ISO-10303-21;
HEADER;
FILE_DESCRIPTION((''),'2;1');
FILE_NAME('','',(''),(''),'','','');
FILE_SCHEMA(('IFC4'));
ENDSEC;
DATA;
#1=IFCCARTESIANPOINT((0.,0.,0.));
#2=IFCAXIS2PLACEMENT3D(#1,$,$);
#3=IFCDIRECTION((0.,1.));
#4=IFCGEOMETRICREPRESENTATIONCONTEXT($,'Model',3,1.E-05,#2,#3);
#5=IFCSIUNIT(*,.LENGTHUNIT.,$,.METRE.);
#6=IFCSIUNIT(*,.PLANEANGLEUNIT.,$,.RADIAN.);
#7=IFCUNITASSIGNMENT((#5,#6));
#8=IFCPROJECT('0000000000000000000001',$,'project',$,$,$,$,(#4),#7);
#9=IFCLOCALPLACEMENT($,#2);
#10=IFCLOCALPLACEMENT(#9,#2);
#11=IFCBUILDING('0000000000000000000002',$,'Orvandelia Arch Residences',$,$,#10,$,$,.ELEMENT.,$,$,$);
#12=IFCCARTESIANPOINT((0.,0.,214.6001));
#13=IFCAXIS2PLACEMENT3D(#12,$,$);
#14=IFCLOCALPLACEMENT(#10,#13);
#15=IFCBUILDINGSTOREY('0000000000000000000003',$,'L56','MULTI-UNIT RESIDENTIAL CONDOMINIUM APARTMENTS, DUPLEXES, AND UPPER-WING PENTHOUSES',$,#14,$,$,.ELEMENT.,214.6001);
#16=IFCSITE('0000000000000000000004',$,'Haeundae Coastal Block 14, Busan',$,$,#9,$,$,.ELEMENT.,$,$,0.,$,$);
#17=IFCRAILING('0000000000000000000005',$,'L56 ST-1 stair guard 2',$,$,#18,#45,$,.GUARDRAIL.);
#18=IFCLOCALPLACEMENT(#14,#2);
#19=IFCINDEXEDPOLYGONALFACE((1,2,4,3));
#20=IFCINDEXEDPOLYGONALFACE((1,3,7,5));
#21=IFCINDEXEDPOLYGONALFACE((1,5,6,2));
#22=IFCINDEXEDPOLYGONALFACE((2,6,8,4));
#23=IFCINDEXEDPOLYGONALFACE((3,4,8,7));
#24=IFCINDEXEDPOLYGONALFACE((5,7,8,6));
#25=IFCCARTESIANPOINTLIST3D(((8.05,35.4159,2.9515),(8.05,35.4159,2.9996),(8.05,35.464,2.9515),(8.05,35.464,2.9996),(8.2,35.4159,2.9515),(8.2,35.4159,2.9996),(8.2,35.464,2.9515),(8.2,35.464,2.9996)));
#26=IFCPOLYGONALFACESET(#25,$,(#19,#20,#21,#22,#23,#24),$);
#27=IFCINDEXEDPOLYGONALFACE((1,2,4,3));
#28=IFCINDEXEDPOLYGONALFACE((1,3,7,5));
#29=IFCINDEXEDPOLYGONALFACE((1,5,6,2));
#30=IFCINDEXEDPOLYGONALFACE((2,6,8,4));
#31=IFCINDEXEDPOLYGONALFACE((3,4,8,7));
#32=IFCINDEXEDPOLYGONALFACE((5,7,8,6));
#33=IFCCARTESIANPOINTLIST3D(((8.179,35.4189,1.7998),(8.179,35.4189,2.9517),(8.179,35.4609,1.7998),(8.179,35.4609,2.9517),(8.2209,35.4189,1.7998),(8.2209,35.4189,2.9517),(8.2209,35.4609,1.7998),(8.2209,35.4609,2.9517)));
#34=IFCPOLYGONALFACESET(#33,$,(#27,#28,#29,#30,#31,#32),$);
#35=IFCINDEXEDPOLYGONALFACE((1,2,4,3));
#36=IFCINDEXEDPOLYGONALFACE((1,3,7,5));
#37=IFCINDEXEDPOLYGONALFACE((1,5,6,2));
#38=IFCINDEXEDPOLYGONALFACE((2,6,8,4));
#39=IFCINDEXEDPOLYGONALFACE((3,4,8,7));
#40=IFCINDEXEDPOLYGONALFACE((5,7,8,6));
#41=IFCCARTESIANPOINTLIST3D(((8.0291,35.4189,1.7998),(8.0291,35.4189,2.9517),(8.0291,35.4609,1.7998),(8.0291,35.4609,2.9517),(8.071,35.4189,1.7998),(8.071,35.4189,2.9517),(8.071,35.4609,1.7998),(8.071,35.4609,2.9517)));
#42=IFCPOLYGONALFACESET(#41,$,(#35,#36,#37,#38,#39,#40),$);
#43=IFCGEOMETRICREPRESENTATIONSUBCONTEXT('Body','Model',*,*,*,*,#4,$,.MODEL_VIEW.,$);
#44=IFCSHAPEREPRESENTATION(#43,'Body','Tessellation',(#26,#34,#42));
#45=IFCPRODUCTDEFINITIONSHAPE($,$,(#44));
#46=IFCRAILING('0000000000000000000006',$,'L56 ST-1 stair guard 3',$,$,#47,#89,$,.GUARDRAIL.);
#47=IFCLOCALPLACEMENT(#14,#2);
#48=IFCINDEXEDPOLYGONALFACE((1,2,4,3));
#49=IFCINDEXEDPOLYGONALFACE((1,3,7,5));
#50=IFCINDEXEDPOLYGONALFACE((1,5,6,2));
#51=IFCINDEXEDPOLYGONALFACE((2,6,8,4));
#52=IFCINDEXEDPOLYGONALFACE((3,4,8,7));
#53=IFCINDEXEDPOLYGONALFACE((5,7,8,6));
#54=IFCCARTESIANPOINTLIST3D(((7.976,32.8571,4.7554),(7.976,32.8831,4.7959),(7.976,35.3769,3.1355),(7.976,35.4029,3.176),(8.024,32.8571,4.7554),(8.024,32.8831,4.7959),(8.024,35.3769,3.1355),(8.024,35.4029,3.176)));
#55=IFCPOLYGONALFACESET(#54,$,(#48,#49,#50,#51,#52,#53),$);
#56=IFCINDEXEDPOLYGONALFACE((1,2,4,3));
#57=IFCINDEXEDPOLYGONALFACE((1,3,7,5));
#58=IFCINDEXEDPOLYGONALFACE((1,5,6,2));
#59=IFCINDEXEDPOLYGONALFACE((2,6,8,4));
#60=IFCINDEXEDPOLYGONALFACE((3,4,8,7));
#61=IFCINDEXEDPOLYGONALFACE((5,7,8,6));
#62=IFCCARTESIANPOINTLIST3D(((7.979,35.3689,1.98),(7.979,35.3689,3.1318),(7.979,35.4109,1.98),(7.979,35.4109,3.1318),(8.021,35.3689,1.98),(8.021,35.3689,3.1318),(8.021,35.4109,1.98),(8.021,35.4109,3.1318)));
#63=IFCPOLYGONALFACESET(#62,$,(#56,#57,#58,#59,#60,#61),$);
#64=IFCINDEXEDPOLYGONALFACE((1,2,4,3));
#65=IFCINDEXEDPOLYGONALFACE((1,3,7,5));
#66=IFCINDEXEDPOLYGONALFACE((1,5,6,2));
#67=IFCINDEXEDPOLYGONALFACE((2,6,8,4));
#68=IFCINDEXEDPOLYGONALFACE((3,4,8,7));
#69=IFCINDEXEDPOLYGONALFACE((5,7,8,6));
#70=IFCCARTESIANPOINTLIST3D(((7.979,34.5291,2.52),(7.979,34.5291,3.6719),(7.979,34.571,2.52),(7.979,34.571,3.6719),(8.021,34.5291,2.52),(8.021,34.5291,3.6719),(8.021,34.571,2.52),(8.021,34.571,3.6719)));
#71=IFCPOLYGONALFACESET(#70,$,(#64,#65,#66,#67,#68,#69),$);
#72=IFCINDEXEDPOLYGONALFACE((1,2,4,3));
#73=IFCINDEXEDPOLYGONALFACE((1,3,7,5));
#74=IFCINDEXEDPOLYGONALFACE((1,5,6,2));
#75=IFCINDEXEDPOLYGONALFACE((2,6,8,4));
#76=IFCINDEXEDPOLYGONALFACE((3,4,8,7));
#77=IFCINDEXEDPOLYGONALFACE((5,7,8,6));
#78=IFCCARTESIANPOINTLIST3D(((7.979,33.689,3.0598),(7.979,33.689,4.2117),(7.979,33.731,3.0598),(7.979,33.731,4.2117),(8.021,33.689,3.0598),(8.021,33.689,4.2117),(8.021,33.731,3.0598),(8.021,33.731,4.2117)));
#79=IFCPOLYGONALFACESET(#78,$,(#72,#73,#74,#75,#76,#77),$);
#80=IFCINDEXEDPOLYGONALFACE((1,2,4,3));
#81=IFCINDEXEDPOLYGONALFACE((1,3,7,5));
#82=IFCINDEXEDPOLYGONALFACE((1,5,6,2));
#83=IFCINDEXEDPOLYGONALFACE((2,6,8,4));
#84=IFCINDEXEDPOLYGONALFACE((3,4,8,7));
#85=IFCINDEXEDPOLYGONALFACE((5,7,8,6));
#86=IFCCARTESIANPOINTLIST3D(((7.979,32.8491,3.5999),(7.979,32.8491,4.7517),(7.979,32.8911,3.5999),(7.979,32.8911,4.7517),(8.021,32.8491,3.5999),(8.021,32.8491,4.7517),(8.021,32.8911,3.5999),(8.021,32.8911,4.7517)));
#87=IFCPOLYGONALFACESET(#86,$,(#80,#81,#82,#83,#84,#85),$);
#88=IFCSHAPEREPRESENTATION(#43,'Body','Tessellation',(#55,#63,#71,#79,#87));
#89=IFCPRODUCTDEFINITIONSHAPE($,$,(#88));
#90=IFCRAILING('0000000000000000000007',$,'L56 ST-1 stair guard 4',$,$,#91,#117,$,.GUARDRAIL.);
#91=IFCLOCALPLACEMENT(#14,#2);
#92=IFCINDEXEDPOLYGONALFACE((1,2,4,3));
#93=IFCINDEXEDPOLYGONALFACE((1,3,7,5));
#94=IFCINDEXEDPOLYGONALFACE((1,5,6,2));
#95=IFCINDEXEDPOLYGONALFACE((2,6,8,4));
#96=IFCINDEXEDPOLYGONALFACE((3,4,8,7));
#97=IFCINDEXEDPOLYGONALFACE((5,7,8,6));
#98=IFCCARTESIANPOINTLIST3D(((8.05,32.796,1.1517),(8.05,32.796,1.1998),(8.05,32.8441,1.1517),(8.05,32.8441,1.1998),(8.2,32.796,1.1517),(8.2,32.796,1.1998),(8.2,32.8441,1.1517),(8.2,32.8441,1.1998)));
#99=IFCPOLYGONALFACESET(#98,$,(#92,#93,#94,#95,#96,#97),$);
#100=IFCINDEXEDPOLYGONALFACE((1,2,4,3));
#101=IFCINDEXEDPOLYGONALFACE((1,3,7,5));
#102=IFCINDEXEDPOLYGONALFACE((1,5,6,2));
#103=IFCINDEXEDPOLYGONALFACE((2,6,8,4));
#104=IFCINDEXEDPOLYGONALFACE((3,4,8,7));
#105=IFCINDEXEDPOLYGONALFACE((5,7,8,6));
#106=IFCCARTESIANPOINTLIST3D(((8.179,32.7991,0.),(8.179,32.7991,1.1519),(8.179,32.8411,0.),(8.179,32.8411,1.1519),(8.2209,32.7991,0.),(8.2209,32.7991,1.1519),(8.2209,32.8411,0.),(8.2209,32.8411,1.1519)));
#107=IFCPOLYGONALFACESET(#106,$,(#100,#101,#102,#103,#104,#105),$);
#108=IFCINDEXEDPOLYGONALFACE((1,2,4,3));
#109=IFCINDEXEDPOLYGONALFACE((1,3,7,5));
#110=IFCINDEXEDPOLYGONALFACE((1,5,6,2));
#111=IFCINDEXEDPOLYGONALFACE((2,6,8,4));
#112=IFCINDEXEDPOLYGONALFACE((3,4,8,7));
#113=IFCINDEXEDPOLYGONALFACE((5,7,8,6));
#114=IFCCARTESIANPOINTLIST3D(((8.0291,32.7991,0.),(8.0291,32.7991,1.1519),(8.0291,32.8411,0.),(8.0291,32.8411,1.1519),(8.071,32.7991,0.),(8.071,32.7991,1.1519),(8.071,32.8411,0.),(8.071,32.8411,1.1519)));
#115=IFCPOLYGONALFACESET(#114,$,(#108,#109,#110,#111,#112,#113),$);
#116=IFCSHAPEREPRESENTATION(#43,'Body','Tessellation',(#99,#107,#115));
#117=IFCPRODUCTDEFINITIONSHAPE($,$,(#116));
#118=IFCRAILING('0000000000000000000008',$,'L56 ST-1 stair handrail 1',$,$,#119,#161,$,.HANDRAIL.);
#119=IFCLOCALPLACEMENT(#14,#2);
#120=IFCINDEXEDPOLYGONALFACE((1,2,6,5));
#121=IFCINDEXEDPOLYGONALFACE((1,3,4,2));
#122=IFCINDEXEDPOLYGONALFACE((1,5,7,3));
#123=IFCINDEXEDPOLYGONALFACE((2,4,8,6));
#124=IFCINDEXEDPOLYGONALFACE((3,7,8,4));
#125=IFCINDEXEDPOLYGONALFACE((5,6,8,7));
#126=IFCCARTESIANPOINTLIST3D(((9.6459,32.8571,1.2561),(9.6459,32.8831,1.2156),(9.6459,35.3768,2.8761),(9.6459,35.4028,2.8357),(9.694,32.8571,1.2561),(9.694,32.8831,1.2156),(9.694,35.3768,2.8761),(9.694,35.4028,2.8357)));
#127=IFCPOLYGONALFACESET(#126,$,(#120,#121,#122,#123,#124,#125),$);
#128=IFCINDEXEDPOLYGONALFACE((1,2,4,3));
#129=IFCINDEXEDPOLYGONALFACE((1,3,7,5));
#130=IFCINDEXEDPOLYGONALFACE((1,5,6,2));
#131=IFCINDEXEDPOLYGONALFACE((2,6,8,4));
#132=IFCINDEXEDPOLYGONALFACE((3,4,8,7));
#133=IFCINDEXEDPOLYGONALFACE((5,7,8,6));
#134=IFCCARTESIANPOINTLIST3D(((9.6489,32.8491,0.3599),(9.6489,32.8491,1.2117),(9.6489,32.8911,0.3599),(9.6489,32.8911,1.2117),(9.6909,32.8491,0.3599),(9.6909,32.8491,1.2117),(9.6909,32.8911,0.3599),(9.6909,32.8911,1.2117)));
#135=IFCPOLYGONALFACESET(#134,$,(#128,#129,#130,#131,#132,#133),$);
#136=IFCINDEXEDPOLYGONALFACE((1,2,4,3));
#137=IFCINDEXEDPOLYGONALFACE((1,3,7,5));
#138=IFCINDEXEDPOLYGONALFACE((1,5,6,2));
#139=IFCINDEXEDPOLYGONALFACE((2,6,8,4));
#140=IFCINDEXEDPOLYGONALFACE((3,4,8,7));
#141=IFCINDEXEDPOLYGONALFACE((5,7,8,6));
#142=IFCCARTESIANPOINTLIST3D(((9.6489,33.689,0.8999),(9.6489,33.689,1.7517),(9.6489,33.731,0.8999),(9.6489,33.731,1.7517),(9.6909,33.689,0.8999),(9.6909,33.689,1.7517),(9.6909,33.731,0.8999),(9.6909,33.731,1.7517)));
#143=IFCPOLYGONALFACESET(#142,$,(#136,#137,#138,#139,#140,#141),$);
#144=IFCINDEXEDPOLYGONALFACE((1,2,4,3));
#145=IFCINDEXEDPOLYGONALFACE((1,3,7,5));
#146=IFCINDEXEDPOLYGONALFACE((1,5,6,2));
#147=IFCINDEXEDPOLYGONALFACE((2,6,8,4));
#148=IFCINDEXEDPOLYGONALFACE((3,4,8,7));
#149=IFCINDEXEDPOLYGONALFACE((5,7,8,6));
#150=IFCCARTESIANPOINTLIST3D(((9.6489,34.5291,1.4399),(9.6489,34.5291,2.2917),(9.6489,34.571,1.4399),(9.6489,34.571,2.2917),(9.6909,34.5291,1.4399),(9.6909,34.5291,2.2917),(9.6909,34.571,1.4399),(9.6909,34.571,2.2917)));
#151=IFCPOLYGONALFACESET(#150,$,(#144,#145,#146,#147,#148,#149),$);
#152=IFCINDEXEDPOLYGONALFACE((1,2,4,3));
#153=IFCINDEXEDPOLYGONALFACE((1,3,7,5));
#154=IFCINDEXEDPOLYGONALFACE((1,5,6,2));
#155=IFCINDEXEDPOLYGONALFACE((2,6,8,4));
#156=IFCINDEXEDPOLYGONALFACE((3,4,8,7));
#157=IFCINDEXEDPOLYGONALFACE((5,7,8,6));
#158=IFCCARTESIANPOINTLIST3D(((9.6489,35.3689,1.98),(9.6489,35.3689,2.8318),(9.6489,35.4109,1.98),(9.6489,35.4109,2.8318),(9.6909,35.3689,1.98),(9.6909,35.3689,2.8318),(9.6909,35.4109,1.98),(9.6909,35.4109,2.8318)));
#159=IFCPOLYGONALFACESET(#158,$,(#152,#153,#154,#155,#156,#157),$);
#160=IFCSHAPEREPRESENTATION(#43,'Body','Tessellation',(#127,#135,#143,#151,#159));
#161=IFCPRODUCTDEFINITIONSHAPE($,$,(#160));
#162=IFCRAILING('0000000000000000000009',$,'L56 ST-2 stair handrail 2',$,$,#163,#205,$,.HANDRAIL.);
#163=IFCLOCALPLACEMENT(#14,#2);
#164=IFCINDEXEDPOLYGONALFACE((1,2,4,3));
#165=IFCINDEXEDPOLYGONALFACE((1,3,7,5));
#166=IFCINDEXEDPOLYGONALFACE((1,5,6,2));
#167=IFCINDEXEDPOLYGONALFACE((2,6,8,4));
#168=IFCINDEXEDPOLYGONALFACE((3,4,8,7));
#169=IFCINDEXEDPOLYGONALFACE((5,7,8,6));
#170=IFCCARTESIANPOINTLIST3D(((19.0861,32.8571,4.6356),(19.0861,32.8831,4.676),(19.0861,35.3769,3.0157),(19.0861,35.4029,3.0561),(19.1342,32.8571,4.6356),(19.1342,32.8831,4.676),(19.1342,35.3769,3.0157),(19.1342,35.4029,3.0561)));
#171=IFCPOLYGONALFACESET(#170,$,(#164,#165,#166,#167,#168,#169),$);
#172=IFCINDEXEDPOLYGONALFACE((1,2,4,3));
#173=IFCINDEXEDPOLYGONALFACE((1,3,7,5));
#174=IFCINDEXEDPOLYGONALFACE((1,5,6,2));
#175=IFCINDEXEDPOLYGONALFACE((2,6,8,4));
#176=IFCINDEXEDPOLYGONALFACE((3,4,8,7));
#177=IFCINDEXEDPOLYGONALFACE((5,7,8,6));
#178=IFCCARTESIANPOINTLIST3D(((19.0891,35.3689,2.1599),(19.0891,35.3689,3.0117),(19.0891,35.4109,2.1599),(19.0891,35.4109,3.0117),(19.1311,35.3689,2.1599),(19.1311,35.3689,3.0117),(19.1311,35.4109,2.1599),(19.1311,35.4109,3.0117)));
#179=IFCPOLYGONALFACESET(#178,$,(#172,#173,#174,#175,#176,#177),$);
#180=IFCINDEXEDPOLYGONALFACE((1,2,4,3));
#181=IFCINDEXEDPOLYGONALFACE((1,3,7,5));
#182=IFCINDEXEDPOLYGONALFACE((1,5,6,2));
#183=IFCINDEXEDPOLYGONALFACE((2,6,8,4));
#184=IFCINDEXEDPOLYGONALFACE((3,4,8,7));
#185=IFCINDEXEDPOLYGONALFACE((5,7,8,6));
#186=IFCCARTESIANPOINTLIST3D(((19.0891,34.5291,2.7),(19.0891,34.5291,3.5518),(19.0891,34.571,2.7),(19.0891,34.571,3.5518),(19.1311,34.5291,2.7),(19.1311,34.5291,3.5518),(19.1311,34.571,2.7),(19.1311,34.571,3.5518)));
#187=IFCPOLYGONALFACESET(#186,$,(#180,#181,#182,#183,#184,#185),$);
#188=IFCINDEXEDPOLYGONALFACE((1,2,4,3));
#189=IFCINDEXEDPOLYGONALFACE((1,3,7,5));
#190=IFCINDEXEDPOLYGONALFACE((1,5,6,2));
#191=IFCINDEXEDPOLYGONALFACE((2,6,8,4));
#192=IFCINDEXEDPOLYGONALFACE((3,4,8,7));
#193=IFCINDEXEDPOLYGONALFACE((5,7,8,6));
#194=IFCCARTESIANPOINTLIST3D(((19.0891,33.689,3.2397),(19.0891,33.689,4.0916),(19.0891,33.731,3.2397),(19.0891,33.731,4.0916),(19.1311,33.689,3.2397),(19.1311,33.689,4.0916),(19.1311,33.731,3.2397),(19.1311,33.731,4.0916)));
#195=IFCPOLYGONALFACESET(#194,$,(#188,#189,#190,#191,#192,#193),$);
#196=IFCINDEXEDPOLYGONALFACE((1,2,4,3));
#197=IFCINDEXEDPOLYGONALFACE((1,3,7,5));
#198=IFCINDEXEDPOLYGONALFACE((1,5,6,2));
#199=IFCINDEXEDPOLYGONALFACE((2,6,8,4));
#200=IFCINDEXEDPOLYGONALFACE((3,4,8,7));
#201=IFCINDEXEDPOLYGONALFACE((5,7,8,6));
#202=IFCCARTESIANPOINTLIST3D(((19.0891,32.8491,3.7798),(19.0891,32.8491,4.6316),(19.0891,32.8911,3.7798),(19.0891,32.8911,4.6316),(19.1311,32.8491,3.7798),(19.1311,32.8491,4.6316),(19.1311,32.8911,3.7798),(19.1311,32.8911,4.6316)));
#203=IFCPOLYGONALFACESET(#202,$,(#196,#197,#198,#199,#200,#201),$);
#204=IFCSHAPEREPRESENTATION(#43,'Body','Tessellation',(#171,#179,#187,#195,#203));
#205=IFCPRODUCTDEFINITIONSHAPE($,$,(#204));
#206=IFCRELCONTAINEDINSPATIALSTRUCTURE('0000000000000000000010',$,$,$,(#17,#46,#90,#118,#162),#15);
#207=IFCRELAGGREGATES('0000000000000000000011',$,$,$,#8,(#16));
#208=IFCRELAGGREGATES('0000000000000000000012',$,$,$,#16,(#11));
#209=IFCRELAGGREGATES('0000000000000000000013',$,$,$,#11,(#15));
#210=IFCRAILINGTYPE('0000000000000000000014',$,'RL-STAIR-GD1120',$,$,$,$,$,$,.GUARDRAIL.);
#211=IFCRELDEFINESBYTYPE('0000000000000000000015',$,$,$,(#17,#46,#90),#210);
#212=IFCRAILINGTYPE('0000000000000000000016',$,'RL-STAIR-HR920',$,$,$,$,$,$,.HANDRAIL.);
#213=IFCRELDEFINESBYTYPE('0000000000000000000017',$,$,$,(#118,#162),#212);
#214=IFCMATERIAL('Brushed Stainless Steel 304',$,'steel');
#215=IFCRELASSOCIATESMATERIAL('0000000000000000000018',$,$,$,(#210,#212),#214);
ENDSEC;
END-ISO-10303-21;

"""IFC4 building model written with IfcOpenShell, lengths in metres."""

from ifc_helpers import new_model, si_unit, direction, frame, origin, origin_2d, place, context, subcontext, project, spatial, rectangle, extrude, material, type_object, element, save


model = new_model("IFC4")

# Units and contexts
model_context = context("Model", 3, precision=1e-05, world=origin(), true_north=direction((0.0, 1.0)))
body_context = subcontext(model_context, "Body", "Model", "MODEL_VIEW")
ifc_project = project(units=[si_unit("LENGTHUNIT", "METRE"), si_unit("PLANEANGLEUNIT", "RADIAN")], contexts=[model_context])

# Site, building, storey
site_placement = place(None, origin())
site = spatial("IfcSite", under=ifc_project, at=site_placement, Name="Haeundae Coastal Block 14, Busan", CompositionType="ELEMENT", RefElevation=0.0)
building_placement = place(site_placement, origin())
building = spatial("IfcBuilding", under=site, at=building_placement, Name="Orvandelia Arch Residences", CompositionType="ELEMENT")
storey_placement = place(building_placement, frame((0.0, 0.0, 214.6001)))
storey = spatial("IfcBuildingStorey", under=building, at=storey_placement, Name="L56", Description="MULTI-UNIT RESIDENTIAL CONDOMINIUM APARTMENTS, DUPLEXES, AND UPPER-WING PENTHOUSES", CompositionType="ELEMENT", Elevation=214.6001)

# Railings
ifc_material_1 = material(Name="Brushed Stainless Steel 304", Category="steel")
railing_type_1 = type_object("IfcRailingType", Name="RL-STAIR-GD1120", PredefinedType="GUARDRAIL", material=ifc_material_1)
railing_1_placement = place(storey_placement, frame((8.2, 35.4399, 1.7998)))
element("IfcRailing", 1, at=railing_1_placement, inside=storey, type_object=railing_type_1, Name="L56 ST-1 stair guard 2", PredefinedType="GUARDRAIL", context=body_context, shape_type="SweptSolid", body=[
    extrude(rectangle(XDim=0.0481, YDim=0.0481, at=origin_2d()), frame((0.0, 0.0, 1.1758), z_axis=(-1.0, 0.0, 0.0), x_axis=(0.0, -1.0, 0.0)), (0.0, 0.0, 1.0), 0.1499),
    extrude(rectangle(XDim=0.042, YDim=0.042, at=origin_2d()), origin(), (0.0, 0.0, 1.0), 1.1519),
    extrude(rectangle(XDim=0.042, YDim=0.042, at=origin_2d()), frame((-0.1499, 0.0, 0.0)), (0.0, 0.0, 1.0), 1.1519),
])
railing_2_placement = place(storey_placement, frame((8.0, 35.3899, 1.98)))
element("IfcRailing", 2, at=railing_2_placement, inside=storey, type_object=railing_type_1, Name="L56 ST-1 stair guard 3", PredefinedType="GUARDRAIL", context=body_context, shape_type="SweptSolid", body=[
    extrude(rectangle(XDim=0.0481, YDim=0.0481, at=origin_2d()), frame((0.0, 0.0, 1.1758), z_axis=(0.0, -0.841176, 0.540762), x_axis=(1.0, 0.0, 0.0)), (0.0, 0.0, 1.0), 2.9956),
    extrude(rectangle(XDim=0.042, YDim=0.042, at=origin_2d()), origin(), (0.0, 0.0, 1.0), 1.1519),
    extrude(rectangle(XDim=0.042, YDim=0.042, at=origin_2d()), frame((0.0, -0.8398, 0.54)), (0.0, 0.0, 1.0), 1.1519),
    extrude(rectangle(XDim=0.042, YDim=0.042, at=origin_2d()), frame((0.0, -1.6799, 1.0798)), (0.0, 0.0, 1.0), 1.1519),
    extrude(rectangle(XDim=0.042, YDim=0.042, at=origin_2d()), frame((0.0, -2.5198, 1.6199)), (0.0, 0.0, 1.0), 1.1519),
])
railing_3_placement = place(storey_placement, frame((8.2, 32.8201, 0.0)))
element("IfcRailing", 3, at=railing_3_placement, inside=storey, type_object=railing_type_1, Name="L56 ST-1 stair guard 4", PredefinedType="GUARDRAIL", context=body_context, shape_type="SweptSolid", body=[
    extrude(rectangle(XDim=0.0481, YDim=0.0481, at=origin_2d()), frame((0.0, 0.0, 1.1758), z_axis=(-1.0, 0.0, 0.0), x_axis=(0.0, -1.0, 0.0)), (0.0, 0.0, 1.0), 0.1499),
    extrude(rectangle(XDim=0.042, YDim=0.042, at=origin_2d()), origin(), (0.0, 0.0, 1.0), 1.1519),
    extrude(rectangle(XDim=0.042, YDim=0.042, at=origin_2d()), frame((-0.1499, 0.0, 0.0)), (0.0, 0.0, 1.0), 1.1519),
])
railing_type_2 = type_object("IfcRailingType", Name="RL-STAIR-HR920", PredefinedType="HANDRAIL", material=ifc_material_1)
railing_4_placement = place(storey_placement, frame((9.6699, 32.8701, 0.3599)))
element("IfcRailing", 4, at=railing_4_placement, inside=storey, type_object=railing_type_2, Name="L56 ST-1 stair handrail 1", PredefinedType="HANDRAIL", context=body_context, shape_type="SweptSolid", body=[
    extrude(rectangle(XDim=0.0481, YDim=0.0481, at=origin_2d()), frame((0.0, 0.0, 0.876), z_axis=(0.0, 0.841139, 0.540819), x_axis=(-1.0, 0.0, 0.0)), (0.0, 0.0, 1.0), 2.9956),
    extrude(rectangle(XDim=0.042, YDim=0.042, at=origin_2d()), origin(), (0.0, 0.0, 1.0), 0.8518),
    extrude(rectangle(XDim=0.042, YDim=0.042, at=origin_2d()), frame((0.0, 0.8398, 0.54)), (0.0, 0.0, 1.0), 0.8518),
    extrude(rectangle(XDim=0.042, YDim=0.042, at=origin_2d()), frame((0.0, 1.6799, 1.0801)), (0.0, 0.0, 1.0), 0.8518),
    extrude(rectangle(XDim=0.042, YDim=0.042, at=origin_2d()), frame((0.0, 2.5198, 1.6201)), (0.0, 0.0, 1.0), 0.8518),
])
railing_5_placement = place(storey_placement, frame((19.1101, 35.3899, 2.1599)))
element("IfcRailing", 5, at=railing_5_placement, inside=storey, type_object=railing_type_2, Name="L56 ST-2 stair handrail 2", PredefinedType="HANDRAIL", context=body_context, shape_type="SweptSolid", body=[
    extrude(rectangle(XDim=0.0481, YDim=0.0481, at=origin_2d()), frame((0.0, 0.0, 0.876), z_axis=(0.0, -0.841176, 0.540762), x_axis=(1.0, 0.0, 0.0)), (0.0, 0.0, 1.0), 2.9956),
    extrude(rectangle(XDim=0.042, YDim=0.042, at=origin_2d()), origin(), (0.0, 0.0, 1.0), 0.8518),
    extrude(rectangle(XDim=0.042, YDim=0.042, at=origin_2d()), frame((0.0, -0.8398, 0.54)), (0.0, 0.0, 1.0), 0.8518),
    extrude(rectangle(XDim=0.042, YDim=0.042, at=origin_2d()), frame((0.0, -1.6799, 1.0798)), (0.0, 0.0, 1.0), 0.8518),
    extrude(rectangle(XDim=0.042, YDim=0.042, at=origin_2d()), frame((0.0, -2.5198, 1.6199)), (0.0, 0.0, 1.0), 0.8518),
])

save(model, "model.ifc")
